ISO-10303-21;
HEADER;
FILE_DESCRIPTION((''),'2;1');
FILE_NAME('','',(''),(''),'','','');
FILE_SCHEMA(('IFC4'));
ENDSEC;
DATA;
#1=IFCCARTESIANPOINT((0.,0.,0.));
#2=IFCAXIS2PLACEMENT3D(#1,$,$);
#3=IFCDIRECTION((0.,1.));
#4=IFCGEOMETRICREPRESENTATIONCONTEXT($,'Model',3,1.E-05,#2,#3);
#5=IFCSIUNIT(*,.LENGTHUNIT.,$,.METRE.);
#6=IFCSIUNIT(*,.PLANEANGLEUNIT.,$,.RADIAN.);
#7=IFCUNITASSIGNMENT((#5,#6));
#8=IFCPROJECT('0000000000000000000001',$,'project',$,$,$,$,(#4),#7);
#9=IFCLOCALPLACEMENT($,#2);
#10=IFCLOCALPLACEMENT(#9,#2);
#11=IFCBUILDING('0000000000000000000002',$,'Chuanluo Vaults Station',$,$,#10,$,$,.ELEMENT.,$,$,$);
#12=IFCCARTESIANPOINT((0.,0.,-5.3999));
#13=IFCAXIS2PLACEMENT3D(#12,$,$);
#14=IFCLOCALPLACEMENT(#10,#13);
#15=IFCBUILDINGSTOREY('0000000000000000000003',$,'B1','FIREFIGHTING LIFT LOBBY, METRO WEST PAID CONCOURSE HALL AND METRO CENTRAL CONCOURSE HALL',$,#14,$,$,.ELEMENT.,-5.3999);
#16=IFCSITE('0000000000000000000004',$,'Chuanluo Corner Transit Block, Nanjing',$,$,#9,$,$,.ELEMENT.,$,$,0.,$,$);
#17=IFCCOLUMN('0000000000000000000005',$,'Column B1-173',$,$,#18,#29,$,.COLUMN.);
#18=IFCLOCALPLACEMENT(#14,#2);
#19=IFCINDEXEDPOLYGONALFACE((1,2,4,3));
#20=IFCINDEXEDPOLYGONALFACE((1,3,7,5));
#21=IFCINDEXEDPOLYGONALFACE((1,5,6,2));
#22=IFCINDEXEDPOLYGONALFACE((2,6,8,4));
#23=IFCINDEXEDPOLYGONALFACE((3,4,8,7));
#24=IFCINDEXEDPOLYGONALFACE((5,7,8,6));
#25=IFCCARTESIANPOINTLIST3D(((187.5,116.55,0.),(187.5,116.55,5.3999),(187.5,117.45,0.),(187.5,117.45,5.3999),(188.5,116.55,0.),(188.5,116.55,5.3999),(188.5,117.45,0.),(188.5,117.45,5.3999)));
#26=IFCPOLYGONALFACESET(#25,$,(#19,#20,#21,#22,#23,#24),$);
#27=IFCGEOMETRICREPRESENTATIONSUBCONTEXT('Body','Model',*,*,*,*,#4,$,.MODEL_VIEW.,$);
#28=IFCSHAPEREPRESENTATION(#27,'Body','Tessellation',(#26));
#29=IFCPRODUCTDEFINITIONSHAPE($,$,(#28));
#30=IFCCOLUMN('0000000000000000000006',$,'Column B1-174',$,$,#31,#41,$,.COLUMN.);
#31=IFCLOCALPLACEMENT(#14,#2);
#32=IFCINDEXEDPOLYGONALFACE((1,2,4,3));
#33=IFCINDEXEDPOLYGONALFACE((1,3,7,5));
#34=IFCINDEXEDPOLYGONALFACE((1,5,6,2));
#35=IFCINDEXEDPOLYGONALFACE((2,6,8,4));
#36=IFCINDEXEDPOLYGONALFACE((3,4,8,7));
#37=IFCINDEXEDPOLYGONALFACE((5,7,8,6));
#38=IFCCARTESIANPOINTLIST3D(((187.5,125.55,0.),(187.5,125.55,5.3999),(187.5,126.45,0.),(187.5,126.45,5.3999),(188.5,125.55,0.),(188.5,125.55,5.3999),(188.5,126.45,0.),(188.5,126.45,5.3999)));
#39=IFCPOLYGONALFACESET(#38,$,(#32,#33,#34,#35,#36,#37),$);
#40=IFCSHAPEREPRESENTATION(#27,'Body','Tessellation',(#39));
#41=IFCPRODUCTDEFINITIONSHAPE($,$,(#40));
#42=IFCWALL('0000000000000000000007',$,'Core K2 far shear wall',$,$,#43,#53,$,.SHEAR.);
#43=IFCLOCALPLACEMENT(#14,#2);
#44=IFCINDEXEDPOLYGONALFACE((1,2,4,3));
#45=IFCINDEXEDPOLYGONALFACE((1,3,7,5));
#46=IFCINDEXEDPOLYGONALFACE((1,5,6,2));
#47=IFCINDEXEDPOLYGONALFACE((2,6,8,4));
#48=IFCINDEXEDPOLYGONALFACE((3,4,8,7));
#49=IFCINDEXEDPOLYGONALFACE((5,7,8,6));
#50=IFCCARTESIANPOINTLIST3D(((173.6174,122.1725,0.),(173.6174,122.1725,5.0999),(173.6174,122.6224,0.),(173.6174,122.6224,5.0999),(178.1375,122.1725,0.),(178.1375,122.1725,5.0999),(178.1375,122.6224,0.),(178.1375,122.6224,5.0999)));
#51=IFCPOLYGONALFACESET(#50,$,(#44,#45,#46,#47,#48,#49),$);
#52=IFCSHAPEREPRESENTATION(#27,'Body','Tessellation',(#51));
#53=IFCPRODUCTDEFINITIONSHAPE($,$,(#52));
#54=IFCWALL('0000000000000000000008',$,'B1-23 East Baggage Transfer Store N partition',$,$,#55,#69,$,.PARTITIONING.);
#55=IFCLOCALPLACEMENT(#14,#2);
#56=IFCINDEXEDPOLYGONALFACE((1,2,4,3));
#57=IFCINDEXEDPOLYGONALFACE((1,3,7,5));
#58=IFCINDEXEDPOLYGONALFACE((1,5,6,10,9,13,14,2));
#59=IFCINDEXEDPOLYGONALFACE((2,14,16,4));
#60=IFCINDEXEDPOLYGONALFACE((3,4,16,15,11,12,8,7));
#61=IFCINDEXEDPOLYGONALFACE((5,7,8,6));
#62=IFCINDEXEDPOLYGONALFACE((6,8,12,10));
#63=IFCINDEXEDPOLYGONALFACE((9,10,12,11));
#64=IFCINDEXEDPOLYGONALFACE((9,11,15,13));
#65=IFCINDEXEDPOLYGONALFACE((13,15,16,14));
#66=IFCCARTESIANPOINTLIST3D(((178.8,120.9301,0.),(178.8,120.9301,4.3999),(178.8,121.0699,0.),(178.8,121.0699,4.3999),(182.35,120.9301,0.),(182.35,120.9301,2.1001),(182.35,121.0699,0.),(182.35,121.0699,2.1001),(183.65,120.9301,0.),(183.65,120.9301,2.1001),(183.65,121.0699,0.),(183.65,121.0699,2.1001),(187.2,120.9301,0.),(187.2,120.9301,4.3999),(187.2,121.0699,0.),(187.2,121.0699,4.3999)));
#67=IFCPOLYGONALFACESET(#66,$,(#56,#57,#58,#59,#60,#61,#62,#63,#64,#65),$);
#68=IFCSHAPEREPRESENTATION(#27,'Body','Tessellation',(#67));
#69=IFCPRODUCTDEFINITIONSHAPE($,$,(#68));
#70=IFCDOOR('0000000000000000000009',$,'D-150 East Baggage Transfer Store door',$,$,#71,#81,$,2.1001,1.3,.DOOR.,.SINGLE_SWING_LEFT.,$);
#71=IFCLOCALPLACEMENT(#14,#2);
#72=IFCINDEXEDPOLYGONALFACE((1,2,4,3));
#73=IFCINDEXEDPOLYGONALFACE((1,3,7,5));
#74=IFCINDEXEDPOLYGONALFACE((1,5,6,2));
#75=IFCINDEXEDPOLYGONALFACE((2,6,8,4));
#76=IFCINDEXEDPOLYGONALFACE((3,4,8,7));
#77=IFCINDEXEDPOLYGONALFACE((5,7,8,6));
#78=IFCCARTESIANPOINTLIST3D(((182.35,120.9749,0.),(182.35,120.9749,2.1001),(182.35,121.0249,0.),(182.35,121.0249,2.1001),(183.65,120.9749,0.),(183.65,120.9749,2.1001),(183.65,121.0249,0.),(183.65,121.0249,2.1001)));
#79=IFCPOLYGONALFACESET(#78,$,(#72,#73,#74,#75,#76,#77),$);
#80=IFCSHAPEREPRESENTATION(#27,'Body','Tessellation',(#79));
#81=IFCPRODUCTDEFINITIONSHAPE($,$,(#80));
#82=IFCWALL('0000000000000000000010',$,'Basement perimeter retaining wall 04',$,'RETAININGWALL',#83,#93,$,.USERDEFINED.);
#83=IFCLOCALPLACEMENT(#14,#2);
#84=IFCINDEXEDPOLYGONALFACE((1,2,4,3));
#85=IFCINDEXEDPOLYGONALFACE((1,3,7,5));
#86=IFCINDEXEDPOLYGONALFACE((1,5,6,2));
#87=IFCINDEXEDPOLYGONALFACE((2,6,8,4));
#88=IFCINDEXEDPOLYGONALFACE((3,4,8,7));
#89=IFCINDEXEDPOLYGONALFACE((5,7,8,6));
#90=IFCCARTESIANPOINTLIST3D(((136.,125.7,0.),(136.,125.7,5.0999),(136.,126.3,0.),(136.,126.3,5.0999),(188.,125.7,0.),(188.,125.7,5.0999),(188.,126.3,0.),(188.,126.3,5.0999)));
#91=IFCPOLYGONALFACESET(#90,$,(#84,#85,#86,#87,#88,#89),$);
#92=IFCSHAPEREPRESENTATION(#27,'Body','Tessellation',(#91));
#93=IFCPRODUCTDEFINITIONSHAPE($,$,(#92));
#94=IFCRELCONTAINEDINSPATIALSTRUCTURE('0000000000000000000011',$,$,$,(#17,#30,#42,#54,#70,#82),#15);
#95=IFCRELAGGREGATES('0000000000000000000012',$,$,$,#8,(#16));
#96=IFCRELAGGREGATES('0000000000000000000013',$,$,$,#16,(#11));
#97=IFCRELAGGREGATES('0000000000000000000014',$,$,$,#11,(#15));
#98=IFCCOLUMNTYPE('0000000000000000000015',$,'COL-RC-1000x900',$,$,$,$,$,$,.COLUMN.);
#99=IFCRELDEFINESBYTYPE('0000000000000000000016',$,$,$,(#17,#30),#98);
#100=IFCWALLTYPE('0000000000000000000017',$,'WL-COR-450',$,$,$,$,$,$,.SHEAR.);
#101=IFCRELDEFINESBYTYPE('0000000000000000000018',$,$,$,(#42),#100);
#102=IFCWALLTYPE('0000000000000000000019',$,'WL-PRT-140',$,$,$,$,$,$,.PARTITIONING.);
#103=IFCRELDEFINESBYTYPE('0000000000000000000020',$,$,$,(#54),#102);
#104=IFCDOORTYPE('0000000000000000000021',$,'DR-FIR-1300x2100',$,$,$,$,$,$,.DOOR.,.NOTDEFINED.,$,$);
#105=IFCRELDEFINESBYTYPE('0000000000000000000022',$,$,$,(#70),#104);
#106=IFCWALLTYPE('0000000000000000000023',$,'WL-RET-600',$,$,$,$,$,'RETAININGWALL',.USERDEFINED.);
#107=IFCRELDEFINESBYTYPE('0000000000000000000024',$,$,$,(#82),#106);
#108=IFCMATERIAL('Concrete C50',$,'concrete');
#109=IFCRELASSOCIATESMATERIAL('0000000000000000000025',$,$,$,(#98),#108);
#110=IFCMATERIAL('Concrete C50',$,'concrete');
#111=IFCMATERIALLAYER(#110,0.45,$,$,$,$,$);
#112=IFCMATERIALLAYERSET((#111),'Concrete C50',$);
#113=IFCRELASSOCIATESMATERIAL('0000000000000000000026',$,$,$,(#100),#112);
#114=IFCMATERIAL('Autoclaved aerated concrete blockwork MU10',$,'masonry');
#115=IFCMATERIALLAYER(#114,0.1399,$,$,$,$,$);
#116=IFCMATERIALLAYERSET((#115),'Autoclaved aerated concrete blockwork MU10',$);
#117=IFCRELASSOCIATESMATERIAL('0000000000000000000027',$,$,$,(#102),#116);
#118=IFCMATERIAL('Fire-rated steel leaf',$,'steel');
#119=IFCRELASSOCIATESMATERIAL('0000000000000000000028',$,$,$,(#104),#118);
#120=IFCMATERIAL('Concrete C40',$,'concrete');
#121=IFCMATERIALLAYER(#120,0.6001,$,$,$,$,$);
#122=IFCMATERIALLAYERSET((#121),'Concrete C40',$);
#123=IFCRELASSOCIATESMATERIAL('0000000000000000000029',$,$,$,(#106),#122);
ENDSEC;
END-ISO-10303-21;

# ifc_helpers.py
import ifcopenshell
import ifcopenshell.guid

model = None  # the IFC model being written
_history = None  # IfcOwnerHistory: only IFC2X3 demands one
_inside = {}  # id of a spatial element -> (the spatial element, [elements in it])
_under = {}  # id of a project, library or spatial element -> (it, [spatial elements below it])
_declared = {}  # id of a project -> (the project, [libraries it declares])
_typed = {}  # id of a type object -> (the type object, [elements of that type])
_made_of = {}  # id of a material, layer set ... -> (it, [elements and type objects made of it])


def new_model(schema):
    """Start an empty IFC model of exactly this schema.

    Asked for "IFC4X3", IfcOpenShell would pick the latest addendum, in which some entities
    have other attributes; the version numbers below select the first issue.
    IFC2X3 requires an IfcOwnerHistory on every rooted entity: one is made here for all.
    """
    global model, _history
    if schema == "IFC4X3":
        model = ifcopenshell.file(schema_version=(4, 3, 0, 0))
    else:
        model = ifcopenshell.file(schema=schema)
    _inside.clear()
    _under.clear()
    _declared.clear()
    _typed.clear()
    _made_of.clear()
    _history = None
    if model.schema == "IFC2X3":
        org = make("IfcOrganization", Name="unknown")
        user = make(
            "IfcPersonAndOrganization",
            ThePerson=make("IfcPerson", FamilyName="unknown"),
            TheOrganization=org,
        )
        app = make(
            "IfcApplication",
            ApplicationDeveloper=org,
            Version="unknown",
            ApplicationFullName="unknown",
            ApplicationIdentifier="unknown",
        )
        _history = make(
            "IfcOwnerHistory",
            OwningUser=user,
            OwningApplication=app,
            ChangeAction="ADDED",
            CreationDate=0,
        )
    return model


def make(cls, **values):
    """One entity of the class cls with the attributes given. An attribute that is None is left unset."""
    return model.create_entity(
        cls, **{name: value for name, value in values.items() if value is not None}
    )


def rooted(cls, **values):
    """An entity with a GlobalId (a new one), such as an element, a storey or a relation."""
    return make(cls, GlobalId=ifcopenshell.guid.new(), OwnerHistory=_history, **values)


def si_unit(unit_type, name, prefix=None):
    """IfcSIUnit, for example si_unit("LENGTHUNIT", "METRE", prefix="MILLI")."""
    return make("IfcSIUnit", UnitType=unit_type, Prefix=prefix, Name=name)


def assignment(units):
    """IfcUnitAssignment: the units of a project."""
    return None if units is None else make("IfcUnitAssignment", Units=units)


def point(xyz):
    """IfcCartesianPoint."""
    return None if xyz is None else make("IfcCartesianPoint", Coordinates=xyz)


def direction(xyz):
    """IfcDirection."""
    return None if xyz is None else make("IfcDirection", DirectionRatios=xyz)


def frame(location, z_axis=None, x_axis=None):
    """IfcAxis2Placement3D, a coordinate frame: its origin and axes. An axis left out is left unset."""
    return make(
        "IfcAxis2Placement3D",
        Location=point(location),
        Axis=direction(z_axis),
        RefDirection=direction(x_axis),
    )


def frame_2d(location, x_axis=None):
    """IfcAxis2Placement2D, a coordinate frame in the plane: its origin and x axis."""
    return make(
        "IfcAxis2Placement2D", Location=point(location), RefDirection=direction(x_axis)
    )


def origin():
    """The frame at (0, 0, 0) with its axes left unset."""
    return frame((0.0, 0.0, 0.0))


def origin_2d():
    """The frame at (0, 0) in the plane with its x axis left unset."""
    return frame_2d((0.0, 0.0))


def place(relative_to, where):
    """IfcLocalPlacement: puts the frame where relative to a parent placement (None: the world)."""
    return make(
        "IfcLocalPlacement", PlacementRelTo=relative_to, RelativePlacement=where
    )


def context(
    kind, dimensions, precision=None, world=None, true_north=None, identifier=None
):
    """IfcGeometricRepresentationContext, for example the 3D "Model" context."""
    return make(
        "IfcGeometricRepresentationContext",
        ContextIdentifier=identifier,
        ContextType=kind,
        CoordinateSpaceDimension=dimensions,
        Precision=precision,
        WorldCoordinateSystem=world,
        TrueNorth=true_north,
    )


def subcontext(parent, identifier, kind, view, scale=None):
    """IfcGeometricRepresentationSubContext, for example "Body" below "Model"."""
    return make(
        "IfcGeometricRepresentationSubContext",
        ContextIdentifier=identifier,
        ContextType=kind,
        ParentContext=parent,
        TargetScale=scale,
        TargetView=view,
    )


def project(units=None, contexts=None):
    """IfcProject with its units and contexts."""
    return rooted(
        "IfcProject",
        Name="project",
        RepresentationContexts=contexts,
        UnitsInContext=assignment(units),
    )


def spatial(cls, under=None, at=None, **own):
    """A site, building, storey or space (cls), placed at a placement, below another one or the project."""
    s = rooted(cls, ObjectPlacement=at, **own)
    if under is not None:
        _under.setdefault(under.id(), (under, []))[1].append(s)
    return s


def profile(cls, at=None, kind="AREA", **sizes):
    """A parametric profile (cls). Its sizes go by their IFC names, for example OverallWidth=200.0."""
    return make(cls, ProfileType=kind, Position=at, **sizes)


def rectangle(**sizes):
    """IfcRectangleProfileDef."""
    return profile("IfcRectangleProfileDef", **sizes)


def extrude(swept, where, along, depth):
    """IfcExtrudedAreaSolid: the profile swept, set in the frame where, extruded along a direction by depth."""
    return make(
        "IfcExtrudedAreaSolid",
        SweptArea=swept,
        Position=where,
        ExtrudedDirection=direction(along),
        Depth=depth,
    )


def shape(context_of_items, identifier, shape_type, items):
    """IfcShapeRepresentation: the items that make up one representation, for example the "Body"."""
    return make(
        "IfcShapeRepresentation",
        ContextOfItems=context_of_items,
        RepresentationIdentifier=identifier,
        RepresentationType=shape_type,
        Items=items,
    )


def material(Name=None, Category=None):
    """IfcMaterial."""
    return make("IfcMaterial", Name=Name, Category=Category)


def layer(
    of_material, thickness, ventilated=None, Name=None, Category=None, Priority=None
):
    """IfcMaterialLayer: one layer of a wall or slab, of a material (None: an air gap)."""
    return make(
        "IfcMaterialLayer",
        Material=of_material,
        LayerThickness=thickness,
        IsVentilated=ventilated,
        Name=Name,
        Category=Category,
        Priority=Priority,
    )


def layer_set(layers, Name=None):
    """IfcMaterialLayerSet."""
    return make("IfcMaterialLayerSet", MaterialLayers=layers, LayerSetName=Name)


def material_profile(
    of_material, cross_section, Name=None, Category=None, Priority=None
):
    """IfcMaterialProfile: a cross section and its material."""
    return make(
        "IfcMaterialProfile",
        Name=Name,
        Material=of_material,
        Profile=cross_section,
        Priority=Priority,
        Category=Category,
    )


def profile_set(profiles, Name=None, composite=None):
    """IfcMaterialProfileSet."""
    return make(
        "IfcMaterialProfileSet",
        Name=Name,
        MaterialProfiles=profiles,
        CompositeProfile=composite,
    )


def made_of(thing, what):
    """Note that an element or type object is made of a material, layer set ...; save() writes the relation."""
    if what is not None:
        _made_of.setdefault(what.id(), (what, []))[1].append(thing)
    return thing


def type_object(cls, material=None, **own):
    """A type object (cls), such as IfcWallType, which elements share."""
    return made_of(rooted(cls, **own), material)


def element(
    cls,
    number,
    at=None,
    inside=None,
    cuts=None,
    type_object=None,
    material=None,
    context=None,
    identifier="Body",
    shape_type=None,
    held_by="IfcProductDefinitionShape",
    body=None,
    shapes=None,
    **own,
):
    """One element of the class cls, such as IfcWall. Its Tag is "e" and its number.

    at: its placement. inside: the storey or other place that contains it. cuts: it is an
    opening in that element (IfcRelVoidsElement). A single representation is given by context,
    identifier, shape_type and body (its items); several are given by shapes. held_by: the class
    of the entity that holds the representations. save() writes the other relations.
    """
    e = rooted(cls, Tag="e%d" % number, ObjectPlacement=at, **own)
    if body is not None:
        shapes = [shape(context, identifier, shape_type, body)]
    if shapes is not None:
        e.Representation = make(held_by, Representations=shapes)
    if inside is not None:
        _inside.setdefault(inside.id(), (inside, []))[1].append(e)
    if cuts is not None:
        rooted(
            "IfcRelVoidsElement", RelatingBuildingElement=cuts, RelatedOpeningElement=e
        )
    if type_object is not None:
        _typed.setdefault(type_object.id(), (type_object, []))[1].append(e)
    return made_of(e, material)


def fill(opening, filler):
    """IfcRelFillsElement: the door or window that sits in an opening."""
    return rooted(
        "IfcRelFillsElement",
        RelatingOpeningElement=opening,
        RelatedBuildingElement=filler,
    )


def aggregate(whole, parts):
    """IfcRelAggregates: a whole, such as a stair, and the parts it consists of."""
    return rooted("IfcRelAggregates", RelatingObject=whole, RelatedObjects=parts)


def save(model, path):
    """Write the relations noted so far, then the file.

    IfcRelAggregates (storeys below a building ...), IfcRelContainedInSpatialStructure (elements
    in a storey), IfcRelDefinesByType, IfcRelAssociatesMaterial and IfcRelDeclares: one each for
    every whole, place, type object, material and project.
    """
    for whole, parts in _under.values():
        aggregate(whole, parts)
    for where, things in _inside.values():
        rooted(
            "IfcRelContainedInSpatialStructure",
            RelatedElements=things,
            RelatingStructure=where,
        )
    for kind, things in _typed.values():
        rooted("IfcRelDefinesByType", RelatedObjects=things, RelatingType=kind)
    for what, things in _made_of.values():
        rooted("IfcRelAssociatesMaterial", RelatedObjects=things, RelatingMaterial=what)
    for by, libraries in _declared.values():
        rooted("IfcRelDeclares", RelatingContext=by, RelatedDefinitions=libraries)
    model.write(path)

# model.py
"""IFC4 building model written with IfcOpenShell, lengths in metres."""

from ifc_helpers import new_model, si_unit, direction, frame, frame_2d, origin, origin_2d, place, context, subcontext, project, spatial, rectangle, extrude, material, layer, layer_set, material_profile, profile_set, type_object, element, fill, save


model = new_model("IFC4")

# Units and contexts
model_context = context("Model", 3, precision=1e-05, world=origin(), true_north=direction((0.0, 1.0)))
body_context = subcontext(model_context, "Body", "Model", "MODEL_VIEW")
ifc_project = project(units=[si_unit("LENGTHUNIT", "METRE"), si_unit("PLANEANGLEUNIT", "RADIAN")], contexts=[model_context])

# Site, building, storey
site_placement = place(None, origin())
site = spatial("IfcSite", under=ifc_project, at=site_placement, Name="Chuanluo Corner Transit Block, Nanjing", CompositionType="ELEMENT", RefElevation=0.0)
building_placement = place(site_placement, origin())
building = spatial("IfcBuilding", under=site, at=building_placement, Name="Chuanluo Vaults Station", CompositionType="ELEMENT")
storey_placement = place(building_placement, frame((0.0, 0.0, -5.3999)))
storey = spatial("IfcBuildingStorey", under=building, at=storey_placement, Name="B1", Description="FIREFIGHTING LIFT LOBBY, METRO WEST PAID CONCOURSE HALL AND METRO CENTRAL CONCOURSE HALL", CompositionType="ELEMENT", Elevation=-5.3999)

# Columns
ifc_material_1 = material(Name="Concrete C50", Category="concrete")
ifc_material_profile_1 = material_profile(ifc_material_1, rectangle(XDim=1.0, YDim=0.8999, at=origin_2d()))
ifc_profile_set_1 = profile_set([ifc_material_profile_1], Name="Concrete C50")
column_type = type_object("IfcColumnType", Name="COL-RC-1000x900", PredefinedType="COLUMN", material=ifc_profile_set_1)
for number, where, z_axis, x_axis, name in (
    (1, (188.0, 117.0, 0.0), (0.0, 0.0, 1.0), (1.0, 0.0, 0.0), "Column B1-173"),
    (2, (188.0, 126.0, 0.0), (0.0, 0.0, 1.0), (1.0, 0.0, 0.0), "Column B1-174"),
):
    element("IfcColumn", number, at=place(storey_placement, frame(where, z_axis=z_axis, x_axis=x_axis)), inside=storey, type_object=column_type, Name=name, PredefinedType="COLUMN", context=body_context, shape_type="SweptSolid", body=[
        extrude(rectangle(XDim=1.0, YDim=0.8999, at=origin_2d()), origin(), (0.0, 0.0, 1.0), 5.3999),
    ])

# Wall
ifc_material_2 = material(Name="Concrete C50", Category="concrete")
ifc_layer_1 = layer(ifc_material_2, 0.45)
ifc_layer_set_1 = layer_set([ifc_layer_1], Name="Concrete C50")
wall_type_1 = type_object("IfcWallType", Name="WL-COR-450", PredefinedType="SHEAR", material=ifc_layer_set_1)
wall_1_placement = place(storey_placement, frame((178.1375, 122.3975, 0.0), z_axis=(0.0, 0.0, 1.0), x_axis=(-1.0, 0.0, 0.0)))
element("IfcWall", 3, at=wall_1_placement, inside=storey, type_object=wall_type_1, Name="Core K2 far shear wall", PredefinedType="SHEAR", context=body_context, shape_type="SweptSolid", body=[
    extrude(rectangle(XDim=4.52, YDim=0.45, at=frame_2d((2.26, 0.0))), origin(), (0.0, 0.0, 1.0), 5.0999),
])

# Wall, opening, door
ifc_material_3 = material(Name="Autoclaved aerated concrete blockwork MU10", Category="masonry")
ifc_layer_2 = layer(ifc_material_3, 0.1399)
ifc_layer_set_2 = layer_set([ifc_layer_2], Name="Autoclaved aerated concrete blockwork MU10")
wall_type_2 = type_object("IfcWallType", Name="WL-PRT-140", PredefinedType="PARTITIONING", material=ifc_layer_set_2)
wall_2_placement = place(storey_placement, frame((178.8, 121.0, 0.0), z_axis=(0.0, 0.0, 1.0), x_axis=(1.0, 0.0, 0.0)))
wall_2 = element("IfcWall", 4, at=wall_2_placement, inside=storey, type_object=wall_type_2, Name="B1-23 East Baggage Transfer Store N partition", PredefinedType="PARTITIONING", context=body_context, shape_type="SweptSolid", body=[
    extrude(rectangle(XDim=8.3999, YDim=0.1399, at=frame_2d((4.2, 0.0))), origin(), (0.0, 0.0, 1.0), 4.3999),
])
opening_placement = place(wall_2_placement, frame((3.55, 0.0, 0.0)))
opening = element("IfcOpeningElement", 5, at=opening_placement, cuts=wall_2, PredefinedType="OPENING", context=body_context, shape_type="SweptSolid", body=[
    extrude(rectangle(XDim=1.3, YDim=2.1001, at=frame_2d((0.6499, 1.05))), frame((0.0, 0.0798, 0.0), z_axis=(0.0, -1.0, 0.0), x_axis=(1.0, 0.0, 0.0)), (0.0, 0.0, 1.0), 0.1599),
])
ifc_material_4 = material(Name="Fire-rated steel leaf", Category="steel")
door_type = type_object("IfcDoorType", Name="DR-FIR-1300x2100", OperationType="NOTDEFINED", PredefinedType="DOOR", material=ifc_material_4)
door_placement = place(opening_placement, origin())
door = element("IfcDoor", 6, at=door_placement, inside=storey, type_object=door_type, Name="D-150 East Baggage Transfer Store door", OperationType="SINGLE_SWING_LEFT", OverallHeight=2.1001, OverallWidth=1.3, PredefinedType="DOOR", context=body_context, shape_type="SweptSolid", body=[
    extrude(rectangle(XDim=1.3, YDim=2.1001, at=frame_2d((0.6499, 1.05))), frame((0.0, 0.0249, 0.0), z_axis=(0.0, -1.0, 0.0), x_axis=(1.0, 0.0, 0.0)), (0.0, 0.0, 1.0), 0.05),
])
fill(opening, door)

# Wall
ifc_material_5 = material(Name="Concrete C40", Category="concrete")
ifc_layer_3 = layer(ifc_material_5, 0.6001)
ifc_layer_set_3 = layer_set([ifc_layer_3], Name="Concrete C40")
wall_type_3 = type_object("IfcWallType", Name="WL-RET-600", ElementType="RETAININGWALL", PredefinedType="USERDEFINED", material=ifc_layer_set_3)
wall_3_placement = place(storey_placement, frame((188.0, 126.0, 0.0), z_axis=(0.0, 0.0, 1.0), x_axis=(-1.0, 0.0, 0.0)))
element("IfcWall", 7, at=wall_3_placement, inside=storey, type_object=wall_type_3, Name="Basement perimeter retaining wall 04", ObjectType="RETAININGWALL", PredefinedType="USERDEFINED", context=body_context, shape_type="SweptSolid", body=[
    extrude(rectangle(XDim=52.0, YDim=0.6001, at=frame_2d((26.0, 0.0))), origin(), (0.0, 0.0, 1.0), 5.0999),
])

save(model, "model.ifc")
